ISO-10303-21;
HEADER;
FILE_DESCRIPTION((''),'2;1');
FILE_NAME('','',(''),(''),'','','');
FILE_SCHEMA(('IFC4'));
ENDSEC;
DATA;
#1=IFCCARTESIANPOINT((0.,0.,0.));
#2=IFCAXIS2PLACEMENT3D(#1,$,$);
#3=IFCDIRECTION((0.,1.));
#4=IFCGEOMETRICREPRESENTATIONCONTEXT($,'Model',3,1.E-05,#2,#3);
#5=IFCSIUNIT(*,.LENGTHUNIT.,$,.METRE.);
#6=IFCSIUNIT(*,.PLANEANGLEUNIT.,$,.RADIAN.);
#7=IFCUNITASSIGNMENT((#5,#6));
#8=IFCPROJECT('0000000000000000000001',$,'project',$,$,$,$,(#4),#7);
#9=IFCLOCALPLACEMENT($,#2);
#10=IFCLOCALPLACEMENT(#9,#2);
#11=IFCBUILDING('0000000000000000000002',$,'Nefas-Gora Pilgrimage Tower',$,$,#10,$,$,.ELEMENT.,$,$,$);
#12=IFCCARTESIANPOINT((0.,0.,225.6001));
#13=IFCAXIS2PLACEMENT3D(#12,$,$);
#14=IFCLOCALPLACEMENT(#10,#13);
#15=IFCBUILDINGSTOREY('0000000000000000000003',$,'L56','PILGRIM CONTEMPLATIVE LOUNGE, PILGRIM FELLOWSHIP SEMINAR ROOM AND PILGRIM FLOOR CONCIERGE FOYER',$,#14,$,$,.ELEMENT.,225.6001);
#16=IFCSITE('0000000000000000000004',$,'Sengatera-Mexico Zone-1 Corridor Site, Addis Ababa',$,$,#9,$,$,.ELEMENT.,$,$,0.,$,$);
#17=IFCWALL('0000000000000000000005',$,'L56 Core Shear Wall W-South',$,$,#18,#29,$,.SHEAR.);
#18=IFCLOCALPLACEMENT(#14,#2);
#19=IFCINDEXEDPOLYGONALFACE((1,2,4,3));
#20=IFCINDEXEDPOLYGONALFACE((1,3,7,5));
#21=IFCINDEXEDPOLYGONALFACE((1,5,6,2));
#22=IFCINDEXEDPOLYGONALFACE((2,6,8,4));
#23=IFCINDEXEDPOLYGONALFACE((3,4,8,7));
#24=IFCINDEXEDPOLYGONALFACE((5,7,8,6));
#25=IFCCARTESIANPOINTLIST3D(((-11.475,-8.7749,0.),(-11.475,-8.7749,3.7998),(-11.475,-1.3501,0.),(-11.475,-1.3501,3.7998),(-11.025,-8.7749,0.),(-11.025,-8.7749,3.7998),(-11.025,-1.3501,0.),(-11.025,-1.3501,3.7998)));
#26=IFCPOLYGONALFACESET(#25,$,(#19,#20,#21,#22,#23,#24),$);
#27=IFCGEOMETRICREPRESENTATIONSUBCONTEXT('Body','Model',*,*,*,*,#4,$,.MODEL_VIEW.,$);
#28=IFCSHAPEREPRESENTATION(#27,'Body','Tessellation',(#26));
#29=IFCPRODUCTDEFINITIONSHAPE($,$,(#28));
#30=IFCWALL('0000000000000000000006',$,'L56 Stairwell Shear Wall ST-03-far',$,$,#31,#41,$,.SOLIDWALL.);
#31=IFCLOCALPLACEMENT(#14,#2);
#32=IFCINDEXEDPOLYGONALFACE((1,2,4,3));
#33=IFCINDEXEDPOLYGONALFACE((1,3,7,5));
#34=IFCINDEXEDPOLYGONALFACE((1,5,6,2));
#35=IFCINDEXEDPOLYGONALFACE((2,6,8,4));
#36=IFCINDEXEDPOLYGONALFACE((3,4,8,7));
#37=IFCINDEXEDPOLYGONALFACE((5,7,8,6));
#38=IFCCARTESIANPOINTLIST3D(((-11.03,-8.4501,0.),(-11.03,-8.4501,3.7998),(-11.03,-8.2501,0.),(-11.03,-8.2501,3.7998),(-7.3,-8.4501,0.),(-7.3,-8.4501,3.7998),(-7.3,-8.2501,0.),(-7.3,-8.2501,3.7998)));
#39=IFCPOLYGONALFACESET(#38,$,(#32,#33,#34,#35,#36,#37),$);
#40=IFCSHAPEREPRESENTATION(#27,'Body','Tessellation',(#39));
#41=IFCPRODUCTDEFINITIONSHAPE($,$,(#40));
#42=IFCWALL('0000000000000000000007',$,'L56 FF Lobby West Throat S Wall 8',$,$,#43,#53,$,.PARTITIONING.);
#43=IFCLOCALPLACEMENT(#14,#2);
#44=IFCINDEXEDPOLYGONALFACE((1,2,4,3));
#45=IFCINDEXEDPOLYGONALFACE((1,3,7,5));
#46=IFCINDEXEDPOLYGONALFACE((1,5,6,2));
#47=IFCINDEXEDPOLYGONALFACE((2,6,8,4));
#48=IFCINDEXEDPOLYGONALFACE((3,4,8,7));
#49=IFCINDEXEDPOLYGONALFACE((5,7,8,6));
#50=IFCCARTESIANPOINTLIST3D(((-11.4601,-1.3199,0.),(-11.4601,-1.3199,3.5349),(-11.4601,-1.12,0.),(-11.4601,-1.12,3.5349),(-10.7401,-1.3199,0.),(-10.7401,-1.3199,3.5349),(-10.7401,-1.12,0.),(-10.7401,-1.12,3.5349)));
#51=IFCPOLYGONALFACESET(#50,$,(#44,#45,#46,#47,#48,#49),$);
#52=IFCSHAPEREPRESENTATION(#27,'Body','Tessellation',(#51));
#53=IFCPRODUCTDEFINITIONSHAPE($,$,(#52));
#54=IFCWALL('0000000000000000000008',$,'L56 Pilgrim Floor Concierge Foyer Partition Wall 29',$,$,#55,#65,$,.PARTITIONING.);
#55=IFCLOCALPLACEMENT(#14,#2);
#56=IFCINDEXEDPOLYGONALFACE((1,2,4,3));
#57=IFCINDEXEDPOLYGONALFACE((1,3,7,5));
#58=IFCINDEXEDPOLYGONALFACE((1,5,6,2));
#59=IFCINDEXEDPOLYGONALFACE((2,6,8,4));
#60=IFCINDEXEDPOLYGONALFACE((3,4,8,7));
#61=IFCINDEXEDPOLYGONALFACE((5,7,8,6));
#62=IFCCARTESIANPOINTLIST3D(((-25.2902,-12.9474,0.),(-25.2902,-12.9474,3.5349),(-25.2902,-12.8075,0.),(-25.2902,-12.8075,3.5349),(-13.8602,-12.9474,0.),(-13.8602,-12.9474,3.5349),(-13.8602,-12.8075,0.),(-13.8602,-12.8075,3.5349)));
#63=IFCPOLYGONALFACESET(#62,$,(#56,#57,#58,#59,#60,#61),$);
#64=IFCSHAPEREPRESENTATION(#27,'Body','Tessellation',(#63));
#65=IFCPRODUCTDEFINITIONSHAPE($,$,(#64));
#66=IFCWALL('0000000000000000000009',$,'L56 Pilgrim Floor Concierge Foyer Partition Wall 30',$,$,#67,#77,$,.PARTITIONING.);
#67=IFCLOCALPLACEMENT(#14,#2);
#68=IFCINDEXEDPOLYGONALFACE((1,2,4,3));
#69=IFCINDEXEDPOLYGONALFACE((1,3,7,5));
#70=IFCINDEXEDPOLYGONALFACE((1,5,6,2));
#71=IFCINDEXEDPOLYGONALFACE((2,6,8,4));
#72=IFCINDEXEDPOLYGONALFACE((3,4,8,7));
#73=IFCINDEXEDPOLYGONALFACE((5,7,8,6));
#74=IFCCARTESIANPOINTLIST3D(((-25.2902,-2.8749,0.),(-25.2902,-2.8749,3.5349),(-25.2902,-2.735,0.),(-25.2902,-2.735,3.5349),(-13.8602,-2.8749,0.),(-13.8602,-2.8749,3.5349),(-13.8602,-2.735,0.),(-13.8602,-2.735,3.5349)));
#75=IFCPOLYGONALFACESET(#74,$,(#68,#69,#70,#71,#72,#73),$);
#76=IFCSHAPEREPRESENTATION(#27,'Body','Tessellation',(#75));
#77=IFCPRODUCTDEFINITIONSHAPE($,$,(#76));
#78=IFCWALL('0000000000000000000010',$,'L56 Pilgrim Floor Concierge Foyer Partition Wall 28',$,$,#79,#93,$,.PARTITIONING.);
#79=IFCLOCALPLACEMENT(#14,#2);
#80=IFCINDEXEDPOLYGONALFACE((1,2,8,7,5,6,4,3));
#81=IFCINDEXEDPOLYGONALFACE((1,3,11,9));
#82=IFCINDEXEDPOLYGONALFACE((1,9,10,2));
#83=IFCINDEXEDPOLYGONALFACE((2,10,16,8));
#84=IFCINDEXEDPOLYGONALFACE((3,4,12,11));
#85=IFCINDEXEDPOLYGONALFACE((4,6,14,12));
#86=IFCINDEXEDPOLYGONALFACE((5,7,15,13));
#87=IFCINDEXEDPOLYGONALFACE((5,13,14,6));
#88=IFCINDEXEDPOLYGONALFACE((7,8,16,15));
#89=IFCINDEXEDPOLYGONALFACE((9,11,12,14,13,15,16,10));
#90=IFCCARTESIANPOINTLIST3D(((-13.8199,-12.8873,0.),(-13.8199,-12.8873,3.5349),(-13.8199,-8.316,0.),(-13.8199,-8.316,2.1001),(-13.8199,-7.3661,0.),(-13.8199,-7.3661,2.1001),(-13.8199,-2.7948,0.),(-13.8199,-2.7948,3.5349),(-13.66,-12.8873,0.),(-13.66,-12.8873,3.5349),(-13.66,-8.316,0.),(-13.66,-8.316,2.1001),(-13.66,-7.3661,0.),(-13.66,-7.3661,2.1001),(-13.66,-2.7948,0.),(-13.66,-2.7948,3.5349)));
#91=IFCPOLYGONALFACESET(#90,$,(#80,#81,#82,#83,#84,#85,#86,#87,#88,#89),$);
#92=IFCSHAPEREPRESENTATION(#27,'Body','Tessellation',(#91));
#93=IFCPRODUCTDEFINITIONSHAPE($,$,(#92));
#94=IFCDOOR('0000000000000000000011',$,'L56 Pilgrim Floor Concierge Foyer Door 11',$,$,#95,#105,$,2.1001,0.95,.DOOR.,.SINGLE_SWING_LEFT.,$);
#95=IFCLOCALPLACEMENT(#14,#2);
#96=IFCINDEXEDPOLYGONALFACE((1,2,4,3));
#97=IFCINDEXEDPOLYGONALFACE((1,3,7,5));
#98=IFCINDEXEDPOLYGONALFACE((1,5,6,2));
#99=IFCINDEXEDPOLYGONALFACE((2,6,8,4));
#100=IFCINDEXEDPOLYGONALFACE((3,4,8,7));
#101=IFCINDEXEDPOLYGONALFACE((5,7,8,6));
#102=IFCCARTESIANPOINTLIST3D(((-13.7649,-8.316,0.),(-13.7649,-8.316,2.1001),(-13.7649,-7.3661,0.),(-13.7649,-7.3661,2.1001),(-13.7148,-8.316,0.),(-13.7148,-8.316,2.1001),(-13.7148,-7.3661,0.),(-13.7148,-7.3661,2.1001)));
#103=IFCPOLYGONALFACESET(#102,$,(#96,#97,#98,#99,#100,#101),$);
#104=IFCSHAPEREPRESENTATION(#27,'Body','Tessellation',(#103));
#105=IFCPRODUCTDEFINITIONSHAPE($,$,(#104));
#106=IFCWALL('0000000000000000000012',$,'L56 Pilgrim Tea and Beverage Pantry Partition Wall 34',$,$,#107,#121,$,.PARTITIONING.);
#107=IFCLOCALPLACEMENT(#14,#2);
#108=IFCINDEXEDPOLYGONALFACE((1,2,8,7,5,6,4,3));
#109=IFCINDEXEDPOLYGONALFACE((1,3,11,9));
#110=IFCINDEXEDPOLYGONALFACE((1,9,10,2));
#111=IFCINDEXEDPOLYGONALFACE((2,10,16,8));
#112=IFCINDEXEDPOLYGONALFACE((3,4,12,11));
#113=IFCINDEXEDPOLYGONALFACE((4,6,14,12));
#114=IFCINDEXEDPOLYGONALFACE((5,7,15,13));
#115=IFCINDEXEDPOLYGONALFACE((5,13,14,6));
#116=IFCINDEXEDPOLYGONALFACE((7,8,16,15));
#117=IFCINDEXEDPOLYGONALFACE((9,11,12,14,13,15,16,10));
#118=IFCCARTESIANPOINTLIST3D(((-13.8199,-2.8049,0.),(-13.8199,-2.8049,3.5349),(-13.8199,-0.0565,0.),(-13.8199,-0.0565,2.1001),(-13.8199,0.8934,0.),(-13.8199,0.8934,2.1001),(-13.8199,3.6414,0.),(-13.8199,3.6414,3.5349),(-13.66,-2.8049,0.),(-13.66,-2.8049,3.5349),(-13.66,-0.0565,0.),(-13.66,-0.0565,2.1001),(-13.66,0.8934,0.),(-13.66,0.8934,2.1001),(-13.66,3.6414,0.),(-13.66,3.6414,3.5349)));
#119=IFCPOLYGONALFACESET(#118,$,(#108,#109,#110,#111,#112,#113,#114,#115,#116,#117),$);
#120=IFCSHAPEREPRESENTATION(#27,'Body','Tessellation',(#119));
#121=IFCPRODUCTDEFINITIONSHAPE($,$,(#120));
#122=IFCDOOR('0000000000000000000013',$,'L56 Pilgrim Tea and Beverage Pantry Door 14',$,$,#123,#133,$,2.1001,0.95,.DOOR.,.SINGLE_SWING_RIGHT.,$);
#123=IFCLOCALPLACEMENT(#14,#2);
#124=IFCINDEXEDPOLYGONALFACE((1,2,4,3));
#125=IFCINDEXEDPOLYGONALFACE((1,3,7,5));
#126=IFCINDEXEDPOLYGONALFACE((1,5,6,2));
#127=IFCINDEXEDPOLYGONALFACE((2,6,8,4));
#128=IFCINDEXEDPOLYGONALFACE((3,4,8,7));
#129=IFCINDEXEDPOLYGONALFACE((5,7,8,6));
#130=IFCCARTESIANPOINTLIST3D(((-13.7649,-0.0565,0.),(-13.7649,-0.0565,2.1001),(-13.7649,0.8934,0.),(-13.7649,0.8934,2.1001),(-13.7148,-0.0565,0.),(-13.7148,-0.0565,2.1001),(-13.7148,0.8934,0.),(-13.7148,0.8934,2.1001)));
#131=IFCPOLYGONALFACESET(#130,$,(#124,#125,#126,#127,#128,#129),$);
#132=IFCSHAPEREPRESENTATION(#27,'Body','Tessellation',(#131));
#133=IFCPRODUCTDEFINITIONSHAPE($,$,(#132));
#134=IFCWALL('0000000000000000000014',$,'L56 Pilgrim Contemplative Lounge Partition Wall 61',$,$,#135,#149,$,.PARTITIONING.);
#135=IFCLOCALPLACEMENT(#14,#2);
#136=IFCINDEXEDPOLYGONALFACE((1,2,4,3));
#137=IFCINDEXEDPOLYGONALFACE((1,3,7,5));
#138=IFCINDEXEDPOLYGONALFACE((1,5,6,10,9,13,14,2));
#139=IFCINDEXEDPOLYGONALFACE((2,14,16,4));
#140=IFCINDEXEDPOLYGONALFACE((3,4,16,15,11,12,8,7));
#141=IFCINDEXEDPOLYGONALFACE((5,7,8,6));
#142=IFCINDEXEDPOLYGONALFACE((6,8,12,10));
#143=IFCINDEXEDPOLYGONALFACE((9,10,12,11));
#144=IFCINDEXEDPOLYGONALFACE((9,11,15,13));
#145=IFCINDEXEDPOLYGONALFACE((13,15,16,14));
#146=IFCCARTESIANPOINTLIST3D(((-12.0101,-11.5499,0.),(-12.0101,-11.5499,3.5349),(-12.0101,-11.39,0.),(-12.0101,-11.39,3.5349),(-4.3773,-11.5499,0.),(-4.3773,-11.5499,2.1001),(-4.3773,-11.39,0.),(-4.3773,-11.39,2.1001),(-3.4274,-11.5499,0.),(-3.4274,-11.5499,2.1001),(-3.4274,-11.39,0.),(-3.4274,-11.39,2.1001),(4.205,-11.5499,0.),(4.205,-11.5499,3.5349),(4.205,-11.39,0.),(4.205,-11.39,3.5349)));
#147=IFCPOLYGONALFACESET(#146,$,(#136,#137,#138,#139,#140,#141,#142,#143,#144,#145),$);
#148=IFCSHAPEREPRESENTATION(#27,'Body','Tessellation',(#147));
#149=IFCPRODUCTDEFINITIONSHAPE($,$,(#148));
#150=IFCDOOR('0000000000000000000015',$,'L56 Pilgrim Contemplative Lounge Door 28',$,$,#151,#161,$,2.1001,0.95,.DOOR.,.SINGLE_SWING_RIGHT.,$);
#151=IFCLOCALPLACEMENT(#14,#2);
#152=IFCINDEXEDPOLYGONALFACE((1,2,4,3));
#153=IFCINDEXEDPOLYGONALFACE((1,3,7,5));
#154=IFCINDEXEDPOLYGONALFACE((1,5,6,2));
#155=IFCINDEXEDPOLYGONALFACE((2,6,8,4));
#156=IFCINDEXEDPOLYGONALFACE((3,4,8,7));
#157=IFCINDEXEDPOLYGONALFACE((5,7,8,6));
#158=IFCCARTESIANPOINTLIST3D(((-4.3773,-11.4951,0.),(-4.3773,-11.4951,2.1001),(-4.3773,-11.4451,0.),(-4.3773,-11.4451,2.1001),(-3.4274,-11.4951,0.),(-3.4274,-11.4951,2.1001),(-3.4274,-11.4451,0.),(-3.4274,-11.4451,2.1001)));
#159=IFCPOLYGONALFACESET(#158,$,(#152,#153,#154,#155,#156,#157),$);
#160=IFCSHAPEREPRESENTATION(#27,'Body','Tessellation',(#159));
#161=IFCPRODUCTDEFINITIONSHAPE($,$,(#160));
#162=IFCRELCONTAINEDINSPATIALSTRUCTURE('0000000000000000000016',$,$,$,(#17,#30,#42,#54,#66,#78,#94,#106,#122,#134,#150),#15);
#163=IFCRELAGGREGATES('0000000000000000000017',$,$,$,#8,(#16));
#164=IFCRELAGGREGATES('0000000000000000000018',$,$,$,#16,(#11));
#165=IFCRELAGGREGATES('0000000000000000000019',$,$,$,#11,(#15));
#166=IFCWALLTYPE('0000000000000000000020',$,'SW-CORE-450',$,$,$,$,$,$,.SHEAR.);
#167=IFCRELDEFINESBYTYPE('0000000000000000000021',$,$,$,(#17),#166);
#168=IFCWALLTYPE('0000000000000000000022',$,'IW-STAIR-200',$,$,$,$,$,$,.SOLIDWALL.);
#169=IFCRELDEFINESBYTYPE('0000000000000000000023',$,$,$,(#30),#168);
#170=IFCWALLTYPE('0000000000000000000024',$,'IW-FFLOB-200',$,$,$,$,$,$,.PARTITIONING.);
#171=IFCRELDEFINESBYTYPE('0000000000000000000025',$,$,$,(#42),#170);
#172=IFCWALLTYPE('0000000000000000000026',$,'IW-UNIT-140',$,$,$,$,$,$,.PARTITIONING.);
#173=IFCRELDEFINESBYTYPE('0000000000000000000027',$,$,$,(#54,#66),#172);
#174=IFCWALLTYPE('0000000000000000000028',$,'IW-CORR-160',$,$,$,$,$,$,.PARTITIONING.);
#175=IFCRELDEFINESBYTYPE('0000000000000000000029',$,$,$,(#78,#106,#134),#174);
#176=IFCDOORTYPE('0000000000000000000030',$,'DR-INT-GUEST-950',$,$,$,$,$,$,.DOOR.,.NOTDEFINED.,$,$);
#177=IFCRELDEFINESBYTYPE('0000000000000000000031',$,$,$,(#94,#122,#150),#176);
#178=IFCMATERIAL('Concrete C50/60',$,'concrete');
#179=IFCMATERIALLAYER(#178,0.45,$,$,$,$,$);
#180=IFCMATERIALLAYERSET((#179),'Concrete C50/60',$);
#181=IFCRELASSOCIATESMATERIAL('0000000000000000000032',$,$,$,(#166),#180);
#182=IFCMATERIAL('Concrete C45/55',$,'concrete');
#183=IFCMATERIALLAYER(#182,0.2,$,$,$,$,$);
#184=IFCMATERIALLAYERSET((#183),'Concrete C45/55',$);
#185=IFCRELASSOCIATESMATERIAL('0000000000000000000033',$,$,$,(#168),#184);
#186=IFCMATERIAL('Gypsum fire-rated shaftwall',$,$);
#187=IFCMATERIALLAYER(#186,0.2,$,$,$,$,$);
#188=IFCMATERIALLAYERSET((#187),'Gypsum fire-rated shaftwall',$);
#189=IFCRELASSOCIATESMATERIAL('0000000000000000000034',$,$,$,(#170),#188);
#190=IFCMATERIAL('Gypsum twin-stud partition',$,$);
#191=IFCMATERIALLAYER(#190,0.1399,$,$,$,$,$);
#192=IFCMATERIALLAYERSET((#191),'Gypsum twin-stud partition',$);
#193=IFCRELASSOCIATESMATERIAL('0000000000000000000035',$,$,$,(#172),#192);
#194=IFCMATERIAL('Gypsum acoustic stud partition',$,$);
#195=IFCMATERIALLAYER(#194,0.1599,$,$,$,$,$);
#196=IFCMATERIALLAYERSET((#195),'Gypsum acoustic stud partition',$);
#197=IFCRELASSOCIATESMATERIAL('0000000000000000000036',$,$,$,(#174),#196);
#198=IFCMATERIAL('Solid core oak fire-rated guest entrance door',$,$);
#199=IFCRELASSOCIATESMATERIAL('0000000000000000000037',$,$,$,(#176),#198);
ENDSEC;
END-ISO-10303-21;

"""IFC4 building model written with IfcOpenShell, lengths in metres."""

from ifc_helpers import new_model, si_unit, direction, frame, frame_2d, origin, place, context, subcontext, project, spatial, rectangle, extrude, source, transform, mapped, material, layer, layer_set, type_object, element, fill, save


model = new_model("IFC4")

# Units and contexts
model_context = context("Model", 3, precision=1e-05, world=origin(), true_north=direction((0.0, 1.0)))
body_context = subcontext(model_context, "Body", "Model", "MODEL_VIEW")
ifc_project = project(units=[si_unit("LENGTHUNIT", "METRE"), si_unit("PLANEANGLEUNIT", "RADIAN")], contexts=[model_context])

# Site, building, storey
site_placement = place(None, origin())
site = spatial("IfcSite", under=ifc_project, at=site_placement, Name="Sengatera-Mexico Zone-1 Corridor Site, Addis Ababa", CompositionType="ELEMENT", RefElevation=0.0)
building_placement = place(site_placement, origin())
building = spatial("IfcBuilding", under=site, at=building_placement, Name="Nefas-Gora Pilgrimage Tower", CompositionType="ELEMENT")
storey_placement = place(building_placement, frame((0.0, 0.0, 225.6001)))
storey = spatial("IfcBuildingStorey", under=building, at=storey_placement, Name="L56", Description="PILGRIM CONTEMPLATIVE LOUNGE, PILGRIM FELLOWSHIP SEMINAR ROOM AND PILGRIM FLOOR CONCIERGE FOYER", CompositionType="ELEMENT", Elevation=225.6001)

# Shared definitions
ifc_material_1 = material(Name="Concrete C50/60", Category="concrete")

# Walls
ifc_layer_1 = layer(ifc_material_1, 0.45)
ifc_layer_set_1 = layer_set([ifc_layer_1], Name="Concrete C50/60")
wall_type_1 = type_object("IfcWallType", Name="SW-CORE-450", PredefinedType="SHEAR", material=ifc_layer_set_1)
shared_shape_1 = source(origin(), body_context, "Body", "SweptSolid", [
    extrude(rectangle(XDim=7.4248, YDim=0.45, at=frame_2d((3.7124, 0.0))), origin(), (0.0, 0.0, 1.0), 3.7998),
])
wall_1_placement = place(storey_placement, frame((-11.25, -8.7749, 0.0), z_axis=(0.0, 0.0, 1.0), x_axis=(0.0, 1.0, 0.0)))
element("IfcWall", 1, at=wall_1_placement, inside=storey, type_object=wall_type_1, Name="L56 Core Shear Wall W-South", PredefinedType="SHEAR", context=body_context, shape_type="MappedRepresentation", body=[
    mapped(shared_shape_1, transform((0.0, 0.0, 0.0), x_axis=(1.0, 0.0, 0.0), y_axis=(0.0, 1.0, 0.0), z_axis=(0.0, 0.0, 1.0), scale=1.0)),
])
ifc_material_2 = material(Name="Concrete C45/55", Category="concrete")
ifc_layer_2 = layer(ifc_material_2, 0.2)
ifc_layer_set_2 = layer_set([ifc_layer_2], Name="Concrete C45/55")
wall_type_2 = type_object("IfcWallType", Name="IW-STAIR-200", PredefinedType="SOLIDWALL", material=ifc_layer_set_2)
shared_shape_2 = source(origin(), body_context, "Body", "SweptSolid", [
    extrude(rectangle(XDim=3.73, YDim=0.2, at=frame_2d((1.865, 0.0))), origin(), (0.0, 0.0, 1.0), 3.7998),
])
wall_2_placement = place(storey_placement, frame((-11.03, -8.3501, 0.0), z_axis=(0.0, 0.0, 1.0), x_axis=(1.0, 0.0, 0.0)))
element("IfcWall", 2, at=wall_2_placement, inside=storey, type_object=wall_type_2, Name="L56 Stairwell Shear Wall ST-03-far", PredefinedType="SOLIDWALL", context=body_context, shape_type="MappedRepresentation", body=[
    mapped(shared_shape_2, transform((0.0, 0.0, 0.0), x_axis=(1.0, 0.0, 0.0), y_axis=(0.0, 1.0, 0.0), z_axis=(0.0, 0.0, 1.0), scale=1.0)),
])
ifc_material_3 = material(Name="Gypsum fire-rated shaftwall")
ifc_layer_3 = layer(ifc_material_3, 0.2)
ifc_layer_set_3 = layer_set([ifc_layer_3], Name="Gypsum fire-rated shaftwall")
wall_type_3 = type_object("IfcWallType", Name="IW-FFLOB-200", PredefinedType="PARTITIONING", material=ifc_layer_set_3)
shared_shape_3 = source(origin(), body_context, "Body", "SweptSolid", [
    extrude(rectangle(XDim=0.72, YDim=0.2, at=frame_2d((0.3599, 0.0))), origin(), (0.0, 0.0, 1.0), 3.5349),
])
wall_3_placement = place(storey_placement, frame((-11.46, -1.22, 0.0), z_axis=(0.0, 0.0, 1.0), x_axis=(1.0, 0.0, 0.0)))
element("IfcWall", 3, at=wall_3_placement, inside=storey, type_object=wall_type_3, Name="L56 FF Lobby West Throat S Wall 8", PredefinedType="PARTITIONING", context=body_context, shape_type="MappedRepresentation", body=[
    mapped(shared_shape_3, transform((0.0, 0.0, 0.0), x_axis=(1.0, 0.0, 0.0), y_axis=(0.0, 1.0, 0.0), z_axis=(0.0, 0.0, 1.0), scale=1.0)),
])
ifc_material_4 = material(Name="Gypsum twin-stud partition")
ifc_layer_4 = layer(ifc_material_4, 0.1399)
ifc_layer_set_4 = layer_set([ifc_layer_4], Name="Gypsum twin-stud partition")
wall_type_4 = type_object("IfcWallType", Name="IW-UNIT-140", PredefinedType="PARTITIONING", material=ifc_layer_set_4)
shared_shape_4 = source(origin(), body_context, "Body", "SweptSolid", [
    extrude(rectangle(XDim=11.4299, YDim=0.1399, at=frame_2d((5.7148, 0.0))), origin(), (0.0, 0.0, 1.0), 3.5349),
])
for number, where, z_axis, x_axis, name in (
    (4, (-25.29, -12.8774, 0.0), (0.0, 0.0, 1.0), (1.0, 0.0, 0.0), "L56 Pilgrim Floor Concierge Foyer Partition Wall 29"),
    (5, (-25.29, -2.8049, 0.0), (0.0, 0.0, 1.0), (1.0, 0.0, 0.0), "L56 Pilgrim Floor Concierge Foyer Partition Wall 30"),
):
    element("IfcWall", number, at=place(storey_placement, frame(where, z_axis=z_axis, x_axis=x_axis)), inside=storey, type_object=wall_type_4, Name=name, PredefinedType="PARTITIONING", context=body_context, shape_type="MappedRepresentation", body=[
        mapped(shared_shape_4, transform((0.0, 0.0, 0.0), x_axis=(1.0, 0.0, 0.0), y_axis=(0.0, 1.0, 0.0), z_axis=(0.0, 0.0, 1.0), scale=1.0)),
    ])

# Walls, openings, doors
ifc_material_5 = material(Name="Gypsum acoustic stud partition")
ifc_layer_5 = layer(ifc_material_5, 0.1599)
ifc_layer_set_5 = layer_set([ifc_layer_5], Name="Gypsum acoustic stud partition")
wall_type_5 = type_object("IfcWallType", Name="IW-CORR-160", PredefinedType="PARTITIONING", material=ifc_layer_set_5)
shared_shape_5 = source(origin(), body_context, "Body", "SweptSolid", [
    extrude(rectangle(XDim=10.0925, YDim=0.1599, at=frame_2d((5.0464, 0.0))), origin(), (0.0, 0.0, 1.0), 3.5349),
])
wall_4_placement = place(storey_placement, frame((-13.74, -12.8875, 0.0), z_axis=(0.0, 0.0, 1.0), x_axis=(0.0, 1.0, 0.0)))
wall_4 = element("IfcWall", 6, at=wall_4_placement, inside=storey, type_object=wall_type_5, Name="L56 Pilgrim Floor Concierge Foyer Partition Wall 28", PredefinedType="PARTITIONING", context=body_context, shape_type="MappedRepresentation", body=[
    mapped(shared_shape_5, transform((0.0, 0.0, 0.0), x_axis=(1.0, 0.0, 0.0), y_axis=(0.0, 1.0, 0.0), z_axis=(0.0, 0.0, 1.0), scale=1.0)),
])
opening_1_placement = place(wall_4_placement, frame((4.5713, 0.0, 0.0)))
opening_1 = element("IfcOpeningElement", 7, at=opening_1_placement, cuts=wall_4, PredefinedType="OPENING", context=body_context, shape_type="SweptSolid", body=[
    extrude(rectangle(XDim=0.95, YDim=2.1001, at=frame_2d((0.4751, 1.05))), frame((0.0, 0.0898, 0.0), z_axis=(0.0, -1.0, 0.0), x_axis=(1.0, 0.0, 0.0)), (0.0, 0.0, 1.0), 0.1799),
])
ifc_material_6 = material(Name="Solid core oak fire-rated guest entrance door")
door_type_1 = type_object("IfcDoorType", Name="DR-INT-GUEST-950", OperationType="NOTDEFINED", PredefinedType="DOOR", material=ifc_material_6)
shared_shape_6 = source(origin(), body_context, "Body", "SweptSolid", [
    extrude(rectangle(XDim=0.95, YDim=2.1001, at=frame_2d((0.4751, 1.05))), frame((0.0, 0.0249, 0.0), z_axis=(0.0, -1.0, 0.0), x_axis=(1.0, 0.0, 0.0)), (0.0, 0.0, 1.0), 0.05),
])
door_1_placement = place(opening_1_placement, origin())
door_1 = element("IfcDoor", 8, at=door_1_placement, inside=storey, type_object=door_type_1, Name="L56 Pilgrim Floor Concierge Foyer Door 11", OperationType="SINGLE_SWING_LEFT", OverallHeight=2.1001, OverallWidth=0.95, PredefinedType="DOOR", context=body_context, shape_type="MappedRepresentation", body=[
    mapped(shared_shape_6, transform((0.0, 0.0, 0.0), x_axis=(1.0, 0.0, 0.0), y_axis=(0.0, 1.0, 0.0), z_axis=(0.0, 0.0, 1.0), scale=1.0)),
])
fill(opening_1, door_1)
shared_shape_7 = source(origin(), body_context, "Body", "SweptSolid", [
    extrude(rectangle(XDim=6.4463, YDim=0.1599, at=frame_2d((3.2231, 0.0))), origin(), (0.0, 0.0, 1.0), 3.5349),
])
wall_5_placement = place(storey_placement, frame((-13.74, -2.8049, 0.0), z_axis=(0.0, 0.0, 1.0), x_axis=(0.0, 1.0, 0.0)))
wall_5 = element("IfcWall", 9, at=wall_5_placement, inside=storey, type_object=wall_type_5, Name="L56 Pilgrim Tea and Beverage Pantry Partition Wall 34", PredefinedType="PARTITIONING", context=body_context, shape_type="MappedRepresentation", body=[
    mapped(shared_shape_7, transform((0.0, 0.0, 0.0), x_axis=(1.0, 0.0, 0.0), y_axis=(0.0, 1.0, 0.0), z_axis=(0.0, 0.0, 1.0), scale=1.0)),
])
opening_2_placement = place(wall_5_placement, frame((2.7483, 0.0, 0.0)))
opening_2 = element("IfcOpeningElement", 10, at=opening_2_placement, cuts=wall_5, PredefinedType="OPENING", context=body_context, shape_type="SweptSolid", body=[
    extrude(rectangle(XDim=0.95, YDim=2.1001, at=frame_2d((0.4751, 1.05))), frame((0.0, 0.0898, 0.0), z_axis=(0.0, -1.0, 0.0), x_axis=(1.0, 0.0, 0.0)), (0.0, 0.0, 1.0), 0.1799),
])
door_2_placement = place(opening_2_placement, origin())
door_2 = element("IfcDoor", 11, at=door_2_placement, inside=storey, type_object=door_type_1, Name="L56 Pilgrim Tea and Beverage Pantry Door 14", OperationType="SINGLE_SWING_RIGHT", OverallHeight=2.1001, OverallWidth=0.95, PredefinedType="DOOR", context=body_context, shape_type="MappedRepresentation", body=[
    mapped(shared_shape_6, transform((0.0, 0.0, 0.0), x_axis=(1.0, 0.0, 0.0), y_axis=(0.0, 1.0, 0.0), z_axis=(0.0, 0.0, 1.0), scale=1.0)),
])
fill(opening_2, door_2)
shared_shape_8 = source(origin(), body_context, "Body", "SweptSolid", [
    extrude(rectangle(XDim=16.2151, YDim=0.1599, at=frame_2d((8.1074, 0.0))), origin(), (0.0, 0.0, 1.0), 3.5349),
])
wall_6_placement = place(storey_placement, frame((-12.01, -11.47, 0.0), z_axis=(0.0, 0.0, 1.0), x_axis=(1.0, 0.0, 0.0)))
wall_6 = element("IfcWall", 12, at=wall_6_placement, inside=storey, type_object=wall_type_5, Name="L56 Pilgrim Contemplative Lounge Partition Wall 61", PredefinedType="PARTITIONING", context=body_context, shape_type="MappedRepresentation", body=[
    mapped(shared_shape_8, transform((0.0, 0.0, 0.0), x_axis=(1.0, 0.0, 0.0), y_axis=(0.0, 1.0, 0.0), z_axis=(0.0, 0.0, 1.0), scale=1.0)),
])
opening_3_placement = place(wall_6_placement, frame((7.6326, 0.0, 0.0)))
opening_3 = element("IfcOpeningElement", 13, at=opening_3_placement, cuts=wall_6, PredefinedType="OPENING", context=body_context, shape_type="SweptSolid", body=[
    extrude(rectangle(XDim=0.95, YDim=2.1001, at=frame_2d((0.4751, 1.05))), frame((0.0, 0.0898, 0.0), z_axis=(0.0, -1.0, 0.0), x_axis=(1.0, 0.0, 0.0)), (0.0, 0.0, 1.0), 0.1799),
])
door_3_placement = place(opening_3_placement, origin())
door_3 = element("IfcDoor", 14, at=door_3_placement, inside=storey, type_object=door_type_1, Name="L56 Pilgrim Contemplative Lounge Door 28", OperationType="SINGLE_SWING_RIGHT", OverallHeight=2.1001, OverallWidth=0.95, PredefinedType="DOOR", context=body_context, shape_type="MappedRepresentation", body=[
    mapped(shared_shape_6, transform((0.0, 0.0, 0.0), x_axis=(1.0, 0.0, 0.0), y_axis=(0.0, 1.0, 0.0), z_axis=(0.0, 0.0, 1.0), scale=1.0)),
])
fill(opening_3, door_3)

save(model, "model.ifc")
